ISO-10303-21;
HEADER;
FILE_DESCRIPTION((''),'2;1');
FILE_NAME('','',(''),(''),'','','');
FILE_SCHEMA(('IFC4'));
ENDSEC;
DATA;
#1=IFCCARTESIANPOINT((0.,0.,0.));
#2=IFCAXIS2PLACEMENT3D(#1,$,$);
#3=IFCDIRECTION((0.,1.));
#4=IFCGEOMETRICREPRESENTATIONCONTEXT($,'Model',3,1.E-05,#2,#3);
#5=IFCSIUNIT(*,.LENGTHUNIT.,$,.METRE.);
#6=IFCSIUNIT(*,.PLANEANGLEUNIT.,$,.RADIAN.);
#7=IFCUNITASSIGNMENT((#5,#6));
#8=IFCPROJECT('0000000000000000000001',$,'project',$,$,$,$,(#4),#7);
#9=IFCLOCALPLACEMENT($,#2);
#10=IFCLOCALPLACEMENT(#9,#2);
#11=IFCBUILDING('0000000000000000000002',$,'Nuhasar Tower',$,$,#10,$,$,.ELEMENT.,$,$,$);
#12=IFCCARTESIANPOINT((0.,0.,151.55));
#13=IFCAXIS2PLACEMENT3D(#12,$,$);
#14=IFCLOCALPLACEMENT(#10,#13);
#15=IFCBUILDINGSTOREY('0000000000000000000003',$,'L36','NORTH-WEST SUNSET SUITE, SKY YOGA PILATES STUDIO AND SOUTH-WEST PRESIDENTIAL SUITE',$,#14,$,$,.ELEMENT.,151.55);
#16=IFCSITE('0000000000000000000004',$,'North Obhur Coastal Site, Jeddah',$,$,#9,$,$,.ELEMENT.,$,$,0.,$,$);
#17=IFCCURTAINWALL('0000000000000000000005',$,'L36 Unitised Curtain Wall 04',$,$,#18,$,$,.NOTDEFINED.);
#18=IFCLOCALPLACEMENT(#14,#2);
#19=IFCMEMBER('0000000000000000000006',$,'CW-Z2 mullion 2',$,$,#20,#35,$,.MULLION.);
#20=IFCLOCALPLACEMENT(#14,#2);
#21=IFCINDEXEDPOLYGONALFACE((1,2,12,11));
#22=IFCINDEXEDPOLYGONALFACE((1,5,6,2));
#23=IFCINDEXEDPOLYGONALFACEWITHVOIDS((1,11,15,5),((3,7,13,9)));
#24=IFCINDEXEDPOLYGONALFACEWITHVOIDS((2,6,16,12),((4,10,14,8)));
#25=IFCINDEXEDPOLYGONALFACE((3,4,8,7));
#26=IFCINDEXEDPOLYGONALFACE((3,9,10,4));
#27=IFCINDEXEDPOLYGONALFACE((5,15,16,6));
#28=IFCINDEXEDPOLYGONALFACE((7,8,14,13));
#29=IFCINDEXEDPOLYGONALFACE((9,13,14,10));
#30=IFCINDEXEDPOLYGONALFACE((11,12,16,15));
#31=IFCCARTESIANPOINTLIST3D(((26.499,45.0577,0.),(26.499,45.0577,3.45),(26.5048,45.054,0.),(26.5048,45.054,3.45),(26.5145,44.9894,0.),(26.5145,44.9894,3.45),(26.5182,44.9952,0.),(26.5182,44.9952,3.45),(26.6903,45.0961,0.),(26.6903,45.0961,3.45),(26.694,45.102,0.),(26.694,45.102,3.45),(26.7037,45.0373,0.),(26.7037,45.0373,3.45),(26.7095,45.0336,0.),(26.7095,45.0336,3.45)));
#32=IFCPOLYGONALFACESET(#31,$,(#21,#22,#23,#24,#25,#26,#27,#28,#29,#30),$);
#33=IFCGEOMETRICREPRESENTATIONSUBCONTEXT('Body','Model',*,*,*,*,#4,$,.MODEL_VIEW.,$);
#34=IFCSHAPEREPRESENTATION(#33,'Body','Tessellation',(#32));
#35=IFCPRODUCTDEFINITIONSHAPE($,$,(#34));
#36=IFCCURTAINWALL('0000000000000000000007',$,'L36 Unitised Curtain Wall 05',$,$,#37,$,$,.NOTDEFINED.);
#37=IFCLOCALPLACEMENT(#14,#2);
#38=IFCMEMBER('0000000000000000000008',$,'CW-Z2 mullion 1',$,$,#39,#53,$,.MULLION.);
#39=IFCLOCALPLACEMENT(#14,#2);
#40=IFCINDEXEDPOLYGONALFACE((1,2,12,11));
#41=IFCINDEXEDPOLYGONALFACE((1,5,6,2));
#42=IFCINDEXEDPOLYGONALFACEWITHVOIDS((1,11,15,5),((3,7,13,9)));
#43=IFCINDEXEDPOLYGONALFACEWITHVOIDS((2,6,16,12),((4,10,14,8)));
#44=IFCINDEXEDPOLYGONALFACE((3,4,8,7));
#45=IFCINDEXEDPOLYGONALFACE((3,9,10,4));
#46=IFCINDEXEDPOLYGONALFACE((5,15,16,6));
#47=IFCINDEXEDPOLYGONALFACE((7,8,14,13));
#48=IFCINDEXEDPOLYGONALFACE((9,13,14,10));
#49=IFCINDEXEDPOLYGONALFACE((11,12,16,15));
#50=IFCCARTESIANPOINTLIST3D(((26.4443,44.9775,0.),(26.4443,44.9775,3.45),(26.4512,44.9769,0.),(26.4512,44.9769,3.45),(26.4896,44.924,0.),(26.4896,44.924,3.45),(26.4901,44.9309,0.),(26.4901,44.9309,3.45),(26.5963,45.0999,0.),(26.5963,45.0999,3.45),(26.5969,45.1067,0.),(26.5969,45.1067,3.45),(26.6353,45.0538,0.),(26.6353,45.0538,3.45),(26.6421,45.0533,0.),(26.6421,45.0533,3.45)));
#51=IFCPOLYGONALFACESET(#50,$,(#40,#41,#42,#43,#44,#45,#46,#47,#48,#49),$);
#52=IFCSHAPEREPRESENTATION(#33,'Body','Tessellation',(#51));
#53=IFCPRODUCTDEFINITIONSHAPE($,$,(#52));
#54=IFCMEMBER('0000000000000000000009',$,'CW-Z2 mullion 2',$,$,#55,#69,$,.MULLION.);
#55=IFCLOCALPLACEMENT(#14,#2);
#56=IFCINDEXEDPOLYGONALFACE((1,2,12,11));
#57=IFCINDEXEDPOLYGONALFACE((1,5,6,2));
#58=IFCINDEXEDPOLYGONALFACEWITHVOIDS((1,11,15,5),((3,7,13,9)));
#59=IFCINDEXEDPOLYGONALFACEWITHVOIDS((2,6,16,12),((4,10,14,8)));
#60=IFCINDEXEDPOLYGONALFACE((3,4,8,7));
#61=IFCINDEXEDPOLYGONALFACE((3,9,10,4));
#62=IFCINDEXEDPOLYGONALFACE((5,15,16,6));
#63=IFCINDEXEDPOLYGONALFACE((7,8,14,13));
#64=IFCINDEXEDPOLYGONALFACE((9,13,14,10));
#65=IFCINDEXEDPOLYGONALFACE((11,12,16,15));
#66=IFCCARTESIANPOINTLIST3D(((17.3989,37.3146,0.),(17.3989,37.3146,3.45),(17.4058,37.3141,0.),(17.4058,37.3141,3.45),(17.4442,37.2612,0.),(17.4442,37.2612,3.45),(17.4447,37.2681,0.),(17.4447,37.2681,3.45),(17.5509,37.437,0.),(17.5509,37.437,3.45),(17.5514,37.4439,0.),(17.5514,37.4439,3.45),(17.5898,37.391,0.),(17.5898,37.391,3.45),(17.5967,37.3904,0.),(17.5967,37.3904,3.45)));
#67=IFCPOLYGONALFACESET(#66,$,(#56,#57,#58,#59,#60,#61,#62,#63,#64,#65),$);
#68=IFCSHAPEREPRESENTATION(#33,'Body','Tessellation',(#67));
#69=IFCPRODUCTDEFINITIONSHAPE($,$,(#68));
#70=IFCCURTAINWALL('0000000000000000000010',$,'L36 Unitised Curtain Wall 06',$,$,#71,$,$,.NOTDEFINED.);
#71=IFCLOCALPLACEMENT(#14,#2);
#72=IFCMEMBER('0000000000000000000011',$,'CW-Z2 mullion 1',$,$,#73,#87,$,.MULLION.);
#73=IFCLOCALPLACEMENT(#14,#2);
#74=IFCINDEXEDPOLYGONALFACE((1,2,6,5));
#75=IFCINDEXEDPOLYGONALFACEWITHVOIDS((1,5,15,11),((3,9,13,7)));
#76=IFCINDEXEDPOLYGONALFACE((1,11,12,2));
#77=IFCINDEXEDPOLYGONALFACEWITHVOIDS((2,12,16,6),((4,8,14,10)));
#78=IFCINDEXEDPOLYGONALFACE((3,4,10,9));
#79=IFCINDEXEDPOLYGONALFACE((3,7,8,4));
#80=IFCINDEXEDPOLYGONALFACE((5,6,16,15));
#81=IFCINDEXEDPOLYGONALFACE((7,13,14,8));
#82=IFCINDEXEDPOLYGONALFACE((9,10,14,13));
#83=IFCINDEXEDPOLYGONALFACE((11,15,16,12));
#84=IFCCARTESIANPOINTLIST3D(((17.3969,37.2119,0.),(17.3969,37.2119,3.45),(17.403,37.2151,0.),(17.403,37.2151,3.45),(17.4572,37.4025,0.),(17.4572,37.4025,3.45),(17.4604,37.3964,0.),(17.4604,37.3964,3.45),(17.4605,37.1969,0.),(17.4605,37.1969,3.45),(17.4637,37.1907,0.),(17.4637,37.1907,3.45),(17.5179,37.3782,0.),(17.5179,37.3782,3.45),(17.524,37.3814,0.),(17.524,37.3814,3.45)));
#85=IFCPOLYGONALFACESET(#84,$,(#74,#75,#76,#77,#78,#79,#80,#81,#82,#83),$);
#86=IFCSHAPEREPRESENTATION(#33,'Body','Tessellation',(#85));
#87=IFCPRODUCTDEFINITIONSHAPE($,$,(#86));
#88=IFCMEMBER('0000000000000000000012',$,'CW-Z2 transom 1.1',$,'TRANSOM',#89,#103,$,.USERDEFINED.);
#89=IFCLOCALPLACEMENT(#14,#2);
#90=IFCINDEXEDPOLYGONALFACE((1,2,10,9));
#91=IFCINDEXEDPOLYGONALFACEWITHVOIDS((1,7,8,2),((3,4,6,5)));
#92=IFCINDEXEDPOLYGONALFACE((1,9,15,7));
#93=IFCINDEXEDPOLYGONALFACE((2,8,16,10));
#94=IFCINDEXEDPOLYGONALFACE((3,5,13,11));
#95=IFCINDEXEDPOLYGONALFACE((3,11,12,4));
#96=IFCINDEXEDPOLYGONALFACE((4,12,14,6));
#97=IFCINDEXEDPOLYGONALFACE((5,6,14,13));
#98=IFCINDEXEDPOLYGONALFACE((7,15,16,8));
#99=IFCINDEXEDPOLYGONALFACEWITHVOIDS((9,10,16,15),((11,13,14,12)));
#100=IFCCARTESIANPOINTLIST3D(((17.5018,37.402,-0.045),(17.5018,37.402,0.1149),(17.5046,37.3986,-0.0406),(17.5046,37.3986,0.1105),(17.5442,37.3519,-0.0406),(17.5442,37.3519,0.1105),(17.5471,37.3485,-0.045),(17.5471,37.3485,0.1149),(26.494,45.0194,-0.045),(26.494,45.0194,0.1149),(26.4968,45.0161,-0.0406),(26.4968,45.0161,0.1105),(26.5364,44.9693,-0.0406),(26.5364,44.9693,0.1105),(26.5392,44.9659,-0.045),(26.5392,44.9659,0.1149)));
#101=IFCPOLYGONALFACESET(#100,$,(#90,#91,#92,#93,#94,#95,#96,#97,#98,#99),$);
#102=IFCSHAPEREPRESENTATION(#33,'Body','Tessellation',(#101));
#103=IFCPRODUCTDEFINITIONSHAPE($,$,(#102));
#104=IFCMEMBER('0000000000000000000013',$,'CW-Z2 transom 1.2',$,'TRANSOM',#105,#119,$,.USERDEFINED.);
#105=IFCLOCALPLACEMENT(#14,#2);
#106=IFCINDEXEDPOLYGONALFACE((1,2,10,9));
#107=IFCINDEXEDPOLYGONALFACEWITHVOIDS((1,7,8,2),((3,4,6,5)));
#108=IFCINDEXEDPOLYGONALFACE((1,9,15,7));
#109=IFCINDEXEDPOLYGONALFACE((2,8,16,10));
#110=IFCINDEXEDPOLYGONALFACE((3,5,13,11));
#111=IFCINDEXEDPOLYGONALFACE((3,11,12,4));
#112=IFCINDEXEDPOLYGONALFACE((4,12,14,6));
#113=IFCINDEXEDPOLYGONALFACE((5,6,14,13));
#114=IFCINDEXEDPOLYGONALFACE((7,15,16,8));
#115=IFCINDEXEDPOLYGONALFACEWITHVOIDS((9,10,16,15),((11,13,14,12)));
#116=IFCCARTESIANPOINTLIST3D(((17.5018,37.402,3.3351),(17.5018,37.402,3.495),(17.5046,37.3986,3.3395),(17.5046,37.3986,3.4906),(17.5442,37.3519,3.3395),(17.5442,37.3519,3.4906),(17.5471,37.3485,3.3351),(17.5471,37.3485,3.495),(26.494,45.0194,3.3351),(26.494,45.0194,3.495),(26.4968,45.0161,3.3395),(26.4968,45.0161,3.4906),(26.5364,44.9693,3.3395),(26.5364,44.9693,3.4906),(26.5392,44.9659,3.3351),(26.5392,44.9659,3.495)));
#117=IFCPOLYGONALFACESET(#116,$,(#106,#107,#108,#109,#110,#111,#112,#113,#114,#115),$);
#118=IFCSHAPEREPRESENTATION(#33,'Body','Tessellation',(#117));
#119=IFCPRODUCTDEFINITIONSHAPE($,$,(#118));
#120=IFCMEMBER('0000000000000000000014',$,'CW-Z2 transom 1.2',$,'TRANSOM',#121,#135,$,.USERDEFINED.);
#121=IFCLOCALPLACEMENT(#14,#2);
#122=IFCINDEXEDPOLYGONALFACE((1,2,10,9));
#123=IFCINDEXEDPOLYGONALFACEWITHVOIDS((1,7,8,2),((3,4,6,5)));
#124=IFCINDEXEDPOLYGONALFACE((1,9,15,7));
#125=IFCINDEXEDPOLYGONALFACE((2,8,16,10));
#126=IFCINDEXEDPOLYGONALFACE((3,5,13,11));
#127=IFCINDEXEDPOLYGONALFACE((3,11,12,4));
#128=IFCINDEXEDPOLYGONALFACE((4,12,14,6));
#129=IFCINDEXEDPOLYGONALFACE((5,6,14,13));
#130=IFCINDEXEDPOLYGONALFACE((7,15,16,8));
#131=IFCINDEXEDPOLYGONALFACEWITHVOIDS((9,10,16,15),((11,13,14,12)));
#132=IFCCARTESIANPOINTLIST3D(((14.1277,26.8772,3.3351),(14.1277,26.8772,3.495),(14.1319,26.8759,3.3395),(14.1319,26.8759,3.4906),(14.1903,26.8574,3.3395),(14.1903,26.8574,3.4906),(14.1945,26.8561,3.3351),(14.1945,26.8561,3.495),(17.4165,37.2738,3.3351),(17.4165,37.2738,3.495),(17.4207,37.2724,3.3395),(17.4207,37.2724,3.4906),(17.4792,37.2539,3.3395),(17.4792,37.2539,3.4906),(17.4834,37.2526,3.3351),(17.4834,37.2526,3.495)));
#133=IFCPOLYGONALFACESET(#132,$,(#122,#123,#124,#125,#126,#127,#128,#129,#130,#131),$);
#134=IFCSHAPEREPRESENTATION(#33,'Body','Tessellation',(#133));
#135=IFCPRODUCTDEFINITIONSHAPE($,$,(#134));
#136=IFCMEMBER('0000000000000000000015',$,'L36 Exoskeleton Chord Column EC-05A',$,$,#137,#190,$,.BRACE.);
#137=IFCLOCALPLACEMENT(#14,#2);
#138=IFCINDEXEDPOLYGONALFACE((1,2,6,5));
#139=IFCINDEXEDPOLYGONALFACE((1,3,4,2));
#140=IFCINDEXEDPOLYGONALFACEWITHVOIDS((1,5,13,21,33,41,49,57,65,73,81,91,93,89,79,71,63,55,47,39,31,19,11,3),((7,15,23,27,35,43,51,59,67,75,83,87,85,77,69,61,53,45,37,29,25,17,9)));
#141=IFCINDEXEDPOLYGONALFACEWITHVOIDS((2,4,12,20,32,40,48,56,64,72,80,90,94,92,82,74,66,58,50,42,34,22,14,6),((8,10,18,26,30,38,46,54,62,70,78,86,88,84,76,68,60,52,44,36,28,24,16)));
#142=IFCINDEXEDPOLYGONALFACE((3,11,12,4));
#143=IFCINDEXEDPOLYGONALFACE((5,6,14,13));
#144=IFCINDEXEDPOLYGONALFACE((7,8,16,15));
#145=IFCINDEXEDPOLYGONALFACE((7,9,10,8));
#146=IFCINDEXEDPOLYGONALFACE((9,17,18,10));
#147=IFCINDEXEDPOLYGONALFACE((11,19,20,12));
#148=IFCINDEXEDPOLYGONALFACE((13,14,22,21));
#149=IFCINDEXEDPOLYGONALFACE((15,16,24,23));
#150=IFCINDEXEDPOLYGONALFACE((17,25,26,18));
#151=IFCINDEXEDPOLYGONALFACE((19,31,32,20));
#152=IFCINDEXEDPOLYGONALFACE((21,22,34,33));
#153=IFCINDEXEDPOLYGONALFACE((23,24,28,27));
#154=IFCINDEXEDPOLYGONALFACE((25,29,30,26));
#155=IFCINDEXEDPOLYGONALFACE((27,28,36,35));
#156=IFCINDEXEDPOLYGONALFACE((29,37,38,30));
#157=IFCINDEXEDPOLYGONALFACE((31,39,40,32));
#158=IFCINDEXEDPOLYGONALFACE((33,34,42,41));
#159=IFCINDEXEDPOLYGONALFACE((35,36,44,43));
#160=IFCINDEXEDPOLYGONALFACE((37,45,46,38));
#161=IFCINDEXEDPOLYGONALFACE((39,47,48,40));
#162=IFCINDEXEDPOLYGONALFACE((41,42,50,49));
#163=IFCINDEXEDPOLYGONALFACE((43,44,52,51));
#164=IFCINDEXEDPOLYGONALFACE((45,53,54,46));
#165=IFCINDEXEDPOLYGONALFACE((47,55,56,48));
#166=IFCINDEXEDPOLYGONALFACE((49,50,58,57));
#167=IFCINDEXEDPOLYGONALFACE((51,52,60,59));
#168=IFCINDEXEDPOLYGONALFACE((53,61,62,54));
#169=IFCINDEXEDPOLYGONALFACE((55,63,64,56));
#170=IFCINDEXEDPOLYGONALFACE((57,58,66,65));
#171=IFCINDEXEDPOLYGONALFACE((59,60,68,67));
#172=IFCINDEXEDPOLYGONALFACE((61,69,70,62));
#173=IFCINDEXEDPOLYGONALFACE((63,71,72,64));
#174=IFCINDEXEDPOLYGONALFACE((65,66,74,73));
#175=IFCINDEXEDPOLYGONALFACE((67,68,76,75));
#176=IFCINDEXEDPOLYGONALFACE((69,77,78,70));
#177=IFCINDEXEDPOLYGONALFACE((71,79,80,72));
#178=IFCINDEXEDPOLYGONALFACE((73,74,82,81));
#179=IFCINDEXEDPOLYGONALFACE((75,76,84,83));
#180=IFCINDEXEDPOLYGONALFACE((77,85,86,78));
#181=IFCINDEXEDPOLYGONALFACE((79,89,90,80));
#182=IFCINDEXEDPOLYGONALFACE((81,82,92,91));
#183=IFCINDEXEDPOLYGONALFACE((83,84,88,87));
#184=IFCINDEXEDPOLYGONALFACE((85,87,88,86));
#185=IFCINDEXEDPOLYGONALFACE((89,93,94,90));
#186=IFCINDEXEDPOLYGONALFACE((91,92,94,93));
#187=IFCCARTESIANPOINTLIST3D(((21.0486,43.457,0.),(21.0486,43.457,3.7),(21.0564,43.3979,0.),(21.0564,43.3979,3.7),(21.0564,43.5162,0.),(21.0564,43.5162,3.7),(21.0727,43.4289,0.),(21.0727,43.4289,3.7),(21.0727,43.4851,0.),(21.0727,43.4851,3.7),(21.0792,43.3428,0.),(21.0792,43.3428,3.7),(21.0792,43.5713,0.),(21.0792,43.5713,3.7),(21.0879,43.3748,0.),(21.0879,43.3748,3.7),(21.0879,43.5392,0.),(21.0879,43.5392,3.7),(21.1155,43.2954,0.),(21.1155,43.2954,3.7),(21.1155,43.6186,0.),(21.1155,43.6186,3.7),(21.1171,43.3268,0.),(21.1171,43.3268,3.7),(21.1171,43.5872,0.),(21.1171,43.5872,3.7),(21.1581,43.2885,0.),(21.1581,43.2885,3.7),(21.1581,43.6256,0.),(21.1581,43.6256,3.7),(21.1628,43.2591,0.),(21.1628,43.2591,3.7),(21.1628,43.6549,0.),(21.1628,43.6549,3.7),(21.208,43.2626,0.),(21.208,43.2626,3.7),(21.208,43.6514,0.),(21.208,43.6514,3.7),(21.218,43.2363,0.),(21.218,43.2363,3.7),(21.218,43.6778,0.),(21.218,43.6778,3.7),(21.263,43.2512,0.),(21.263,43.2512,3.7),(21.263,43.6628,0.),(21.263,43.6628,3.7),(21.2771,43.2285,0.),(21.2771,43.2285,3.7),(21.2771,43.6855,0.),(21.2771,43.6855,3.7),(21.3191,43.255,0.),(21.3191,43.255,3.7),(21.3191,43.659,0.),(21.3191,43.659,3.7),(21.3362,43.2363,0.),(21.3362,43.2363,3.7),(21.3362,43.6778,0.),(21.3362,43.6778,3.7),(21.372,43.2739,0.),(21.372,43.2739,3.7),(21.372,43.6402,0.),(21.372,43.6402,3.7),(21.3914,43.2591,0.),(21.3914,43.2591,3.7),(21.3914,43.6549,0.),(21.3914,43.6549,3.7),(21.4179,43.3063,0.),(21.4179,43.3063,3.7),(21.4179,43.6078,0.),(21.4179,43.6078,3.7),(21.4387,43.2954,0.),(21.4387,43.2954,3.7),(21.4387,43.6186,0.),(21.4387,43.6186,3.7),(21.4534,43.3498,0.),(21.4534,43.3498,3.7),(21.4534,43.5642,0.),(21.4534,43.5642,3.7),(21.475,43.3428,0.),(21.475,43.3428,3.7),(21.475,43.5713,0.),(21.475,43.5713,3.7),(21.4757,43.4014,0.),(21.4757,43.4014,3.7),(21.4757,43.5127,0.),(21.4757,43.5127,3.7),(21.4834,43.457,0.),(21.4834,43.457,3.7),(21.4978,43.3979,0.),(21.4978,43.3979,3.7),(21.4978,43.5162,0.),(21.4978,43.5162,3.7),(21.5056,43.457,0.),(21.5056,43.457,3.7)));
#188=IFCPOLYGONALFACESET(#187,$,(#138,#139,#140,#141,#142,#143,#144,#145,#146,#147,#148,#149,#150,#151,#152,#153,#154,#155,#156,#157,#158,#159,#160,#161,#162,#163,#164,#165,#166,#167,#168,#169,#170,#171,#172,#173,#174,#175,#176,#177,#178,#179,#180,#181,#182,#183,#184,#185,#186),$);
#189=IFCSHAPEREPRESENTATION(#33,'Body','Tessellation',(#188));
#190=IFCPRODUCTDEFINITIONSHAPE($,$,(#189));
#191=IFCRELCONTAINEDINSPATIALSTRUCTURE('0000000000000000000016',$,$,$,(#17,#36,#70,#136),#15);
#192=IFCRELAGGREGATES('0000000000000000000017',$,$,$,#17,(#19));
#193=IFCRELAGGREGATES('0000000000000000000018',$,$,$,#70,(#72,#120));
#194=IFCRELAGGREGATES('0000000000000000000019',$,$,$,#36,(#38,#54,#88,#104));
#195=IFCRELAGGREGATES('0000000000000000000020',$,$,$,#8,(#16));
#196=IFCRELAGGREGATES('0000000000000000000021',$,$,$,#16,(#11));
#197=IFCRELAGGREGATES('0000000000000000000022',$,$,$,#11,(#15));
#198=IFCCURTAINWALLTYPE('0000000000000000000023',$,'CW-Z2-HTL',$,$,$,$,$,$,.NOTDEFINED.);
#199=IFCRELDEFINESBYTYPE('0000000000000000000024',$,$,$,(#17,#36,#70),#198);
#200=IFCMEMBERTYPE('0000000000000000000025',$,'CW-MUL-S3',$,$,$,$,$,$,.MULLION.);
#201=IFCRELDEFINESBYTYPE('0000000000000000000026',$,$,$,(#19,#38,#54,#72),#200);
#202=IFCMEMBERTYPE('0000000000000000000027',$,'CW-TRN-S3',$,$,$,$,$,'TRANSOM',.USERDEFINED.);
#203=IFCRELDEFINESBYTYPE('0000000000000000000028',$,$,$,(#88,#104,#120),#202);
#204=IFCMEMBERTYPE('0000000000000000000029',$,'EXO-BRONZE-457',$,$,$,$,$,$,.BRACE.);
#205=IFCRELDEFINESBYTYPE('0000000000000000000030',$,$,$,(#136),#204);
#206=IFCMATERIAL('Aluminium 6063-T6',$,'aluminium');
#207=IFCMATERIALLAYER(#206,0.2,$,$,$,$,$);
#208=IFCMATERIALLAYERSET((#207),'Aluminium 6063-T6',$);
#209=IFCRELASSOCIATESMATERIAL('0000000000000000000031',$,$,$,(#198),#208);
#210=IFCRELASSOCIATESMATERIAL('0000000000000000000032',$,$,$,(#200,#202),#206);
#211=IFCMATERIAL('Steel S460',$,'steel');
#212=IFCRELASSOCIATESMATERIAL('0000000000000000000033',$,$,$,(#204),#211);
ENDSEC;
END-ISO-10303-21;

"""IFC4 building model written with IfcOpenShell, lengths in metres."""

from ifc_helpers import new_model, si_unit, direction, frame, origin, origin_2d, place, context, subcontext, project, spatial, hollow_rectangle, hollow_circle, extrude, material, layer, layer_set, material_profile, profile_set, type_object, element, aggregate, save


model = new_model("IFC4")

# Units and contexts
model_context = context("Model", 3, precision=1e-05, world=origin(), true_north=direction((0.0, 1.0)))
body_context = subcontext(model_context, "Body", "Model", "MODEL_VIEW")
ifc_project = project(units=[si_unit("LENGTHUNIT", "METRE"), si_unit("PLANEANGLEUNIT", "RADIAN")], contexts=[model_context])

# Site, building, storey
site_placement = place(None, origin())
site = spatial("IfcSite", under=ifc_project, at=site_placement, Name="North Obhur Coastal Site, Jeddah", CompositionType="ELEMENT", RefElevation=0.0)
building_placement = place(site_placement, origin())
building = spatial("IfcBuilding", under=site, at=building_placement, Name="Nuhasar Tower", CompositionType="ELEMENT")
storey_placement = place(building_placement, frame((0.0, 0.0, 151.55)))
storey = spatial("IfcBuildingStorey", under=building, at=storey_placement, Name="L36", Description="NORTH-WEST SUNSET SUITE, SKY YOGA PILATES STUDIO AND SOUTH-WEST PRESIDENTIAL SUITE", CompositionType="ELEMENT", Elevation=151.55)

# Curtain wall, member
ifc_material_1 = material(Name="Aluminium 6063-T6", Category="aluminium")
ifc_layer_1 = layer(ifc_material_1, 0.2)
ifc_layer_set_1 = layer_set([ifc_layer_1], Name="Aluminium 6063-T6")
curtain_wall_type = type_object("IfcCurtainWallType", Name="CW-Z2-HTL", PredefinedType="NOTDEFINED", material=ifc_layer_set_1)
curtain_wall_1_placement = place(storey_placement, origin())
curtain_wall_1 = element("IfcCurtainWall", 1, at=curtain_wall_1_placement, inside=storey, type_object=curtain_wall_type, Name="L36 Unitised Curtain Wall 04", PredefinedType="NOTDEFINED")
ifc_material_profile_1 = material_profile(ifc_material_1, hollow_rectangle(XDim=0.0701, YDim=0.2, WallThickness=0.0049, at=origin_2d()), Name="CWM-3")
ifc_profile_set_1 = profile_set([ifc_material_profile_1], Name="Aluminium 6063-T6")
member_type_1 = type_object("IfcMemberType", Name="CW-MUL-S3", PredefinedType="MULLION", material=ifc_profile_set_1)
member_1_placement = place(storey_placement, frame((26.6042, 45.0457, 0.0), z_axis=(0.0, 0.0, 1.0), x_axis=(0.221397, -0.975184, 0.0)))
member_1 = element("IfcMember", 2, at=member_1_placement, type_object=member_type_1, Name="CW-Z2 mullion 2", PredefinedType="MULLION", context=body_context, shape_type="SweptSolid", body=[
    extrude(hollow_rectangle(XDim=0.0701, YDim=0.2, WallThickness=0.0049, at=origin_2d()), origin(), (0.0, 0.0, 1.0), 3.45),
])
aggregate(curtain_wall_1, [member_1])

# Curtain wall, members
curtain_wall_2_placement = place(storey_placement, origin())
curtain_wall_2 = element("IfcCurtainWall", 3, at=curtain_wall_2_placement, inside=storey, type_object=curtain_wall_type, Name="L36 Unitised Curtain Wall 05", PredefinedType="NOTDEFINED")
member_2_placement = place(storey_placement, frame((26.5432, 45.0154, 0.0), z_axis=(0.0, 0.0, 1.0), x_axis=(0.646374, -0.76302, 0.0)))
member_2 = element("IfcMember", 4, at=member_2_placement, type_object=member_type_1, Name="CW-Z2 mullion 1", PredefinedType="MULLION", context=body_context, shape_type="SweptSolid", body=[
    extrude(hollow_rectangle(XDim=0.0701, YDim=0.2, WallThickness=0.0049, at=origin_2d()), origin(), (0.0, 0.0, 1.0), 3.45),
])
member_3_placement = place(storey_placement, frame((17.4978, 37.3525, 0.0), z_axis=(0.0, 0.0, 1.0), x_axis=(0.646374, -0.76302, 0.0)))
member_3 = element("IfcMember", 5, at=member_3_placement, type_object=member_type_1, Name="CW-Z2 mullion 2", PredefinedType="MULLION", context=body_context, shape_type="SweptSolid", body=[
    extrude(hollow_rectangle(XDim=0.0701, YDim=0.2, WallThickness=0.0049, at=origin_2d()), origin(), (0.0, 0.0, 1.0), 3.45),
])

# Curtain wall, member
curtain_wall_3_placement = place(storey_placement, origin())
curtain_wall_3 = element("IfcCurtainWall", 6, at=curtain_wall_3_placement, inside=storey, type_object=curtain_wall_type, Name="L36 Unitised Curtain Wall 06", PredefinedType="NOTDEFINED")
member_4_placement = place(storey_placement, frame((17.4604, 37.2966, 0.0), z_axis=(0.0, 0.0, 1.0), x_axis=(0.953433, -0.301604, 0.0)))
member_4 = element("IfcMember", 7, at=member_4_placement, type_object=member_type_1, Name="CW-Z2 mullion 1", PredefinedType="MULLION", context=body_context, shape_type="SweptSolid", body=[
    extrude(hollow_rectangle(XDim=0.0701, YDim=0.2, WallThickness=0.0049, at=origin_2d()), origin(), (0.0, 0.0, 1.0), 3.45),
])

# Members
ifc_material_profile_2 = material_profile(ifc_material_1, hollow_rectangle(XDim=0.0701, YDim=0.1599, WallThickness=0.0044, at=origin_2d()), Name="CWT-3")
ifc_profile_set_2 = profile_set([ifc_material_profile_2], Name="Aluminium 6063-T6")
member_type_2 = type_object("IfcMemberType", Name="CW-TRN-S3", ElementType="TRANSOM", PredefinedType="USERDEFINED", material=ifc_profile_set_2)
member_5_placement = place(storey_placement, frame((26.5166, 44.9927, 0.0349), z_axis=(-0.763024, -0.64637, 0.0), x_axis=(0.64637, -0.763024, 0.0)))
member_5 = element("IfcMember", 8, at=member_5_placement, type_object=member_type_2, Name="CW-Z2 transom 1.1", ObjectType="TRANSOM", PredefinedType="USERDEFINED", context=body_context, shape_type="SweptSolid", body=[
    extrude(hollow_rectangle(XDim=0.0701, YDim=0.1599, WallThickness=0.0044, at=origin_2d()), origin(), (0.0, 0.0, 1.0), 11.7849),
])
member_6_placement = place(storey_placement, frame((26.5166, 44.9927, 3.415), z_axis=(-0.763024, -0.64637, 0.0), x_axis=(0.64637, -0.763024, 0.0)))
member_6 = element("IfcMember", 9, at=member_6_placement, type_object=member_type_2, Name="CW-Z2 transom 1.2", ObjectType="TRANSOM", PredefinedType="USERDEFINED", context=body_context, shape_type="SweptSolid", body=[
    extrude(hollow_rectangle(XDim=0.0701, YDim=0.1599, WallThickness=0.0044, at=origin_2d()), origin(), (0.0, 0.0, 1.0), 11.7849),
])
member_7_placement = place(storey_placement, frame((17.45, 37.2632, 3.415), z_axis=(-0.301608, -0.953432, 0.0), x_axis=(0.953432, -0.301608, 0.0)))
member_7 = element("IfcMember", 10, at=member_7_placement, type_object=member_type_2, Name="CW-Z2 transom 1.2", ObjectType="TRANSOM", PredefinedType="USERDEFINED", context=body_context, shape_type="SweptSolid", body=[
    extrude(hollow_rectangle(XDim=0.0701, YDim=0.1599, WallThickness=0.0044, at=origin_2d()), origin(), (0.0, 0.0, 1.0), 10.9043),
])
aggregate(curtain_wall_3, [member_4, member_7])

# Member
ifc_material_2 = material(Name="Steel S460", Category="steel")
ifc_material_profile_3 = material_profile(ifc_material_2, hollow_circle(Radius=0.2285, WallThickness=0.0222, at=origin_2d()), Name="HSS457X22.2")
ifc_profile_set_3 = profile_set([ifc_material_profile_3], Name="Steel S460")
member_type_3 = type_object("IfcMemberType", Name="EXO-BRONZE-457", PredefinedType="BRACE", material=ifc_profile_set_3)
for number, where, z_axis, x_axis, name in (
    (11, (21.2771, 43.457, 0.0), (0.0, 0.0, 1.0), (1.0, 0.0, 0.0), "L36 Exoskeleton Chord Column EC-05A"),
):
    element("IfcMember", number, at=place(storey_placement, frame(where, z_axis=z_axis, x_axis=x_axis)), inside=storey, type_object=member_type_3, Name=name, PredefinedType="BRACE", context=body_context, shape_type="SweptSolid", body=[
        extrude(hollow_circle(Radius=0.2285, WallThickness=0.0222, at=origin_2d()), origin(), (0.0, 0.0, 1.0), 3.7),
    ])

aggregate(curtain_wall_2, [member_2, member_3, member_5, member_6])

save(model, "model.ifc")
